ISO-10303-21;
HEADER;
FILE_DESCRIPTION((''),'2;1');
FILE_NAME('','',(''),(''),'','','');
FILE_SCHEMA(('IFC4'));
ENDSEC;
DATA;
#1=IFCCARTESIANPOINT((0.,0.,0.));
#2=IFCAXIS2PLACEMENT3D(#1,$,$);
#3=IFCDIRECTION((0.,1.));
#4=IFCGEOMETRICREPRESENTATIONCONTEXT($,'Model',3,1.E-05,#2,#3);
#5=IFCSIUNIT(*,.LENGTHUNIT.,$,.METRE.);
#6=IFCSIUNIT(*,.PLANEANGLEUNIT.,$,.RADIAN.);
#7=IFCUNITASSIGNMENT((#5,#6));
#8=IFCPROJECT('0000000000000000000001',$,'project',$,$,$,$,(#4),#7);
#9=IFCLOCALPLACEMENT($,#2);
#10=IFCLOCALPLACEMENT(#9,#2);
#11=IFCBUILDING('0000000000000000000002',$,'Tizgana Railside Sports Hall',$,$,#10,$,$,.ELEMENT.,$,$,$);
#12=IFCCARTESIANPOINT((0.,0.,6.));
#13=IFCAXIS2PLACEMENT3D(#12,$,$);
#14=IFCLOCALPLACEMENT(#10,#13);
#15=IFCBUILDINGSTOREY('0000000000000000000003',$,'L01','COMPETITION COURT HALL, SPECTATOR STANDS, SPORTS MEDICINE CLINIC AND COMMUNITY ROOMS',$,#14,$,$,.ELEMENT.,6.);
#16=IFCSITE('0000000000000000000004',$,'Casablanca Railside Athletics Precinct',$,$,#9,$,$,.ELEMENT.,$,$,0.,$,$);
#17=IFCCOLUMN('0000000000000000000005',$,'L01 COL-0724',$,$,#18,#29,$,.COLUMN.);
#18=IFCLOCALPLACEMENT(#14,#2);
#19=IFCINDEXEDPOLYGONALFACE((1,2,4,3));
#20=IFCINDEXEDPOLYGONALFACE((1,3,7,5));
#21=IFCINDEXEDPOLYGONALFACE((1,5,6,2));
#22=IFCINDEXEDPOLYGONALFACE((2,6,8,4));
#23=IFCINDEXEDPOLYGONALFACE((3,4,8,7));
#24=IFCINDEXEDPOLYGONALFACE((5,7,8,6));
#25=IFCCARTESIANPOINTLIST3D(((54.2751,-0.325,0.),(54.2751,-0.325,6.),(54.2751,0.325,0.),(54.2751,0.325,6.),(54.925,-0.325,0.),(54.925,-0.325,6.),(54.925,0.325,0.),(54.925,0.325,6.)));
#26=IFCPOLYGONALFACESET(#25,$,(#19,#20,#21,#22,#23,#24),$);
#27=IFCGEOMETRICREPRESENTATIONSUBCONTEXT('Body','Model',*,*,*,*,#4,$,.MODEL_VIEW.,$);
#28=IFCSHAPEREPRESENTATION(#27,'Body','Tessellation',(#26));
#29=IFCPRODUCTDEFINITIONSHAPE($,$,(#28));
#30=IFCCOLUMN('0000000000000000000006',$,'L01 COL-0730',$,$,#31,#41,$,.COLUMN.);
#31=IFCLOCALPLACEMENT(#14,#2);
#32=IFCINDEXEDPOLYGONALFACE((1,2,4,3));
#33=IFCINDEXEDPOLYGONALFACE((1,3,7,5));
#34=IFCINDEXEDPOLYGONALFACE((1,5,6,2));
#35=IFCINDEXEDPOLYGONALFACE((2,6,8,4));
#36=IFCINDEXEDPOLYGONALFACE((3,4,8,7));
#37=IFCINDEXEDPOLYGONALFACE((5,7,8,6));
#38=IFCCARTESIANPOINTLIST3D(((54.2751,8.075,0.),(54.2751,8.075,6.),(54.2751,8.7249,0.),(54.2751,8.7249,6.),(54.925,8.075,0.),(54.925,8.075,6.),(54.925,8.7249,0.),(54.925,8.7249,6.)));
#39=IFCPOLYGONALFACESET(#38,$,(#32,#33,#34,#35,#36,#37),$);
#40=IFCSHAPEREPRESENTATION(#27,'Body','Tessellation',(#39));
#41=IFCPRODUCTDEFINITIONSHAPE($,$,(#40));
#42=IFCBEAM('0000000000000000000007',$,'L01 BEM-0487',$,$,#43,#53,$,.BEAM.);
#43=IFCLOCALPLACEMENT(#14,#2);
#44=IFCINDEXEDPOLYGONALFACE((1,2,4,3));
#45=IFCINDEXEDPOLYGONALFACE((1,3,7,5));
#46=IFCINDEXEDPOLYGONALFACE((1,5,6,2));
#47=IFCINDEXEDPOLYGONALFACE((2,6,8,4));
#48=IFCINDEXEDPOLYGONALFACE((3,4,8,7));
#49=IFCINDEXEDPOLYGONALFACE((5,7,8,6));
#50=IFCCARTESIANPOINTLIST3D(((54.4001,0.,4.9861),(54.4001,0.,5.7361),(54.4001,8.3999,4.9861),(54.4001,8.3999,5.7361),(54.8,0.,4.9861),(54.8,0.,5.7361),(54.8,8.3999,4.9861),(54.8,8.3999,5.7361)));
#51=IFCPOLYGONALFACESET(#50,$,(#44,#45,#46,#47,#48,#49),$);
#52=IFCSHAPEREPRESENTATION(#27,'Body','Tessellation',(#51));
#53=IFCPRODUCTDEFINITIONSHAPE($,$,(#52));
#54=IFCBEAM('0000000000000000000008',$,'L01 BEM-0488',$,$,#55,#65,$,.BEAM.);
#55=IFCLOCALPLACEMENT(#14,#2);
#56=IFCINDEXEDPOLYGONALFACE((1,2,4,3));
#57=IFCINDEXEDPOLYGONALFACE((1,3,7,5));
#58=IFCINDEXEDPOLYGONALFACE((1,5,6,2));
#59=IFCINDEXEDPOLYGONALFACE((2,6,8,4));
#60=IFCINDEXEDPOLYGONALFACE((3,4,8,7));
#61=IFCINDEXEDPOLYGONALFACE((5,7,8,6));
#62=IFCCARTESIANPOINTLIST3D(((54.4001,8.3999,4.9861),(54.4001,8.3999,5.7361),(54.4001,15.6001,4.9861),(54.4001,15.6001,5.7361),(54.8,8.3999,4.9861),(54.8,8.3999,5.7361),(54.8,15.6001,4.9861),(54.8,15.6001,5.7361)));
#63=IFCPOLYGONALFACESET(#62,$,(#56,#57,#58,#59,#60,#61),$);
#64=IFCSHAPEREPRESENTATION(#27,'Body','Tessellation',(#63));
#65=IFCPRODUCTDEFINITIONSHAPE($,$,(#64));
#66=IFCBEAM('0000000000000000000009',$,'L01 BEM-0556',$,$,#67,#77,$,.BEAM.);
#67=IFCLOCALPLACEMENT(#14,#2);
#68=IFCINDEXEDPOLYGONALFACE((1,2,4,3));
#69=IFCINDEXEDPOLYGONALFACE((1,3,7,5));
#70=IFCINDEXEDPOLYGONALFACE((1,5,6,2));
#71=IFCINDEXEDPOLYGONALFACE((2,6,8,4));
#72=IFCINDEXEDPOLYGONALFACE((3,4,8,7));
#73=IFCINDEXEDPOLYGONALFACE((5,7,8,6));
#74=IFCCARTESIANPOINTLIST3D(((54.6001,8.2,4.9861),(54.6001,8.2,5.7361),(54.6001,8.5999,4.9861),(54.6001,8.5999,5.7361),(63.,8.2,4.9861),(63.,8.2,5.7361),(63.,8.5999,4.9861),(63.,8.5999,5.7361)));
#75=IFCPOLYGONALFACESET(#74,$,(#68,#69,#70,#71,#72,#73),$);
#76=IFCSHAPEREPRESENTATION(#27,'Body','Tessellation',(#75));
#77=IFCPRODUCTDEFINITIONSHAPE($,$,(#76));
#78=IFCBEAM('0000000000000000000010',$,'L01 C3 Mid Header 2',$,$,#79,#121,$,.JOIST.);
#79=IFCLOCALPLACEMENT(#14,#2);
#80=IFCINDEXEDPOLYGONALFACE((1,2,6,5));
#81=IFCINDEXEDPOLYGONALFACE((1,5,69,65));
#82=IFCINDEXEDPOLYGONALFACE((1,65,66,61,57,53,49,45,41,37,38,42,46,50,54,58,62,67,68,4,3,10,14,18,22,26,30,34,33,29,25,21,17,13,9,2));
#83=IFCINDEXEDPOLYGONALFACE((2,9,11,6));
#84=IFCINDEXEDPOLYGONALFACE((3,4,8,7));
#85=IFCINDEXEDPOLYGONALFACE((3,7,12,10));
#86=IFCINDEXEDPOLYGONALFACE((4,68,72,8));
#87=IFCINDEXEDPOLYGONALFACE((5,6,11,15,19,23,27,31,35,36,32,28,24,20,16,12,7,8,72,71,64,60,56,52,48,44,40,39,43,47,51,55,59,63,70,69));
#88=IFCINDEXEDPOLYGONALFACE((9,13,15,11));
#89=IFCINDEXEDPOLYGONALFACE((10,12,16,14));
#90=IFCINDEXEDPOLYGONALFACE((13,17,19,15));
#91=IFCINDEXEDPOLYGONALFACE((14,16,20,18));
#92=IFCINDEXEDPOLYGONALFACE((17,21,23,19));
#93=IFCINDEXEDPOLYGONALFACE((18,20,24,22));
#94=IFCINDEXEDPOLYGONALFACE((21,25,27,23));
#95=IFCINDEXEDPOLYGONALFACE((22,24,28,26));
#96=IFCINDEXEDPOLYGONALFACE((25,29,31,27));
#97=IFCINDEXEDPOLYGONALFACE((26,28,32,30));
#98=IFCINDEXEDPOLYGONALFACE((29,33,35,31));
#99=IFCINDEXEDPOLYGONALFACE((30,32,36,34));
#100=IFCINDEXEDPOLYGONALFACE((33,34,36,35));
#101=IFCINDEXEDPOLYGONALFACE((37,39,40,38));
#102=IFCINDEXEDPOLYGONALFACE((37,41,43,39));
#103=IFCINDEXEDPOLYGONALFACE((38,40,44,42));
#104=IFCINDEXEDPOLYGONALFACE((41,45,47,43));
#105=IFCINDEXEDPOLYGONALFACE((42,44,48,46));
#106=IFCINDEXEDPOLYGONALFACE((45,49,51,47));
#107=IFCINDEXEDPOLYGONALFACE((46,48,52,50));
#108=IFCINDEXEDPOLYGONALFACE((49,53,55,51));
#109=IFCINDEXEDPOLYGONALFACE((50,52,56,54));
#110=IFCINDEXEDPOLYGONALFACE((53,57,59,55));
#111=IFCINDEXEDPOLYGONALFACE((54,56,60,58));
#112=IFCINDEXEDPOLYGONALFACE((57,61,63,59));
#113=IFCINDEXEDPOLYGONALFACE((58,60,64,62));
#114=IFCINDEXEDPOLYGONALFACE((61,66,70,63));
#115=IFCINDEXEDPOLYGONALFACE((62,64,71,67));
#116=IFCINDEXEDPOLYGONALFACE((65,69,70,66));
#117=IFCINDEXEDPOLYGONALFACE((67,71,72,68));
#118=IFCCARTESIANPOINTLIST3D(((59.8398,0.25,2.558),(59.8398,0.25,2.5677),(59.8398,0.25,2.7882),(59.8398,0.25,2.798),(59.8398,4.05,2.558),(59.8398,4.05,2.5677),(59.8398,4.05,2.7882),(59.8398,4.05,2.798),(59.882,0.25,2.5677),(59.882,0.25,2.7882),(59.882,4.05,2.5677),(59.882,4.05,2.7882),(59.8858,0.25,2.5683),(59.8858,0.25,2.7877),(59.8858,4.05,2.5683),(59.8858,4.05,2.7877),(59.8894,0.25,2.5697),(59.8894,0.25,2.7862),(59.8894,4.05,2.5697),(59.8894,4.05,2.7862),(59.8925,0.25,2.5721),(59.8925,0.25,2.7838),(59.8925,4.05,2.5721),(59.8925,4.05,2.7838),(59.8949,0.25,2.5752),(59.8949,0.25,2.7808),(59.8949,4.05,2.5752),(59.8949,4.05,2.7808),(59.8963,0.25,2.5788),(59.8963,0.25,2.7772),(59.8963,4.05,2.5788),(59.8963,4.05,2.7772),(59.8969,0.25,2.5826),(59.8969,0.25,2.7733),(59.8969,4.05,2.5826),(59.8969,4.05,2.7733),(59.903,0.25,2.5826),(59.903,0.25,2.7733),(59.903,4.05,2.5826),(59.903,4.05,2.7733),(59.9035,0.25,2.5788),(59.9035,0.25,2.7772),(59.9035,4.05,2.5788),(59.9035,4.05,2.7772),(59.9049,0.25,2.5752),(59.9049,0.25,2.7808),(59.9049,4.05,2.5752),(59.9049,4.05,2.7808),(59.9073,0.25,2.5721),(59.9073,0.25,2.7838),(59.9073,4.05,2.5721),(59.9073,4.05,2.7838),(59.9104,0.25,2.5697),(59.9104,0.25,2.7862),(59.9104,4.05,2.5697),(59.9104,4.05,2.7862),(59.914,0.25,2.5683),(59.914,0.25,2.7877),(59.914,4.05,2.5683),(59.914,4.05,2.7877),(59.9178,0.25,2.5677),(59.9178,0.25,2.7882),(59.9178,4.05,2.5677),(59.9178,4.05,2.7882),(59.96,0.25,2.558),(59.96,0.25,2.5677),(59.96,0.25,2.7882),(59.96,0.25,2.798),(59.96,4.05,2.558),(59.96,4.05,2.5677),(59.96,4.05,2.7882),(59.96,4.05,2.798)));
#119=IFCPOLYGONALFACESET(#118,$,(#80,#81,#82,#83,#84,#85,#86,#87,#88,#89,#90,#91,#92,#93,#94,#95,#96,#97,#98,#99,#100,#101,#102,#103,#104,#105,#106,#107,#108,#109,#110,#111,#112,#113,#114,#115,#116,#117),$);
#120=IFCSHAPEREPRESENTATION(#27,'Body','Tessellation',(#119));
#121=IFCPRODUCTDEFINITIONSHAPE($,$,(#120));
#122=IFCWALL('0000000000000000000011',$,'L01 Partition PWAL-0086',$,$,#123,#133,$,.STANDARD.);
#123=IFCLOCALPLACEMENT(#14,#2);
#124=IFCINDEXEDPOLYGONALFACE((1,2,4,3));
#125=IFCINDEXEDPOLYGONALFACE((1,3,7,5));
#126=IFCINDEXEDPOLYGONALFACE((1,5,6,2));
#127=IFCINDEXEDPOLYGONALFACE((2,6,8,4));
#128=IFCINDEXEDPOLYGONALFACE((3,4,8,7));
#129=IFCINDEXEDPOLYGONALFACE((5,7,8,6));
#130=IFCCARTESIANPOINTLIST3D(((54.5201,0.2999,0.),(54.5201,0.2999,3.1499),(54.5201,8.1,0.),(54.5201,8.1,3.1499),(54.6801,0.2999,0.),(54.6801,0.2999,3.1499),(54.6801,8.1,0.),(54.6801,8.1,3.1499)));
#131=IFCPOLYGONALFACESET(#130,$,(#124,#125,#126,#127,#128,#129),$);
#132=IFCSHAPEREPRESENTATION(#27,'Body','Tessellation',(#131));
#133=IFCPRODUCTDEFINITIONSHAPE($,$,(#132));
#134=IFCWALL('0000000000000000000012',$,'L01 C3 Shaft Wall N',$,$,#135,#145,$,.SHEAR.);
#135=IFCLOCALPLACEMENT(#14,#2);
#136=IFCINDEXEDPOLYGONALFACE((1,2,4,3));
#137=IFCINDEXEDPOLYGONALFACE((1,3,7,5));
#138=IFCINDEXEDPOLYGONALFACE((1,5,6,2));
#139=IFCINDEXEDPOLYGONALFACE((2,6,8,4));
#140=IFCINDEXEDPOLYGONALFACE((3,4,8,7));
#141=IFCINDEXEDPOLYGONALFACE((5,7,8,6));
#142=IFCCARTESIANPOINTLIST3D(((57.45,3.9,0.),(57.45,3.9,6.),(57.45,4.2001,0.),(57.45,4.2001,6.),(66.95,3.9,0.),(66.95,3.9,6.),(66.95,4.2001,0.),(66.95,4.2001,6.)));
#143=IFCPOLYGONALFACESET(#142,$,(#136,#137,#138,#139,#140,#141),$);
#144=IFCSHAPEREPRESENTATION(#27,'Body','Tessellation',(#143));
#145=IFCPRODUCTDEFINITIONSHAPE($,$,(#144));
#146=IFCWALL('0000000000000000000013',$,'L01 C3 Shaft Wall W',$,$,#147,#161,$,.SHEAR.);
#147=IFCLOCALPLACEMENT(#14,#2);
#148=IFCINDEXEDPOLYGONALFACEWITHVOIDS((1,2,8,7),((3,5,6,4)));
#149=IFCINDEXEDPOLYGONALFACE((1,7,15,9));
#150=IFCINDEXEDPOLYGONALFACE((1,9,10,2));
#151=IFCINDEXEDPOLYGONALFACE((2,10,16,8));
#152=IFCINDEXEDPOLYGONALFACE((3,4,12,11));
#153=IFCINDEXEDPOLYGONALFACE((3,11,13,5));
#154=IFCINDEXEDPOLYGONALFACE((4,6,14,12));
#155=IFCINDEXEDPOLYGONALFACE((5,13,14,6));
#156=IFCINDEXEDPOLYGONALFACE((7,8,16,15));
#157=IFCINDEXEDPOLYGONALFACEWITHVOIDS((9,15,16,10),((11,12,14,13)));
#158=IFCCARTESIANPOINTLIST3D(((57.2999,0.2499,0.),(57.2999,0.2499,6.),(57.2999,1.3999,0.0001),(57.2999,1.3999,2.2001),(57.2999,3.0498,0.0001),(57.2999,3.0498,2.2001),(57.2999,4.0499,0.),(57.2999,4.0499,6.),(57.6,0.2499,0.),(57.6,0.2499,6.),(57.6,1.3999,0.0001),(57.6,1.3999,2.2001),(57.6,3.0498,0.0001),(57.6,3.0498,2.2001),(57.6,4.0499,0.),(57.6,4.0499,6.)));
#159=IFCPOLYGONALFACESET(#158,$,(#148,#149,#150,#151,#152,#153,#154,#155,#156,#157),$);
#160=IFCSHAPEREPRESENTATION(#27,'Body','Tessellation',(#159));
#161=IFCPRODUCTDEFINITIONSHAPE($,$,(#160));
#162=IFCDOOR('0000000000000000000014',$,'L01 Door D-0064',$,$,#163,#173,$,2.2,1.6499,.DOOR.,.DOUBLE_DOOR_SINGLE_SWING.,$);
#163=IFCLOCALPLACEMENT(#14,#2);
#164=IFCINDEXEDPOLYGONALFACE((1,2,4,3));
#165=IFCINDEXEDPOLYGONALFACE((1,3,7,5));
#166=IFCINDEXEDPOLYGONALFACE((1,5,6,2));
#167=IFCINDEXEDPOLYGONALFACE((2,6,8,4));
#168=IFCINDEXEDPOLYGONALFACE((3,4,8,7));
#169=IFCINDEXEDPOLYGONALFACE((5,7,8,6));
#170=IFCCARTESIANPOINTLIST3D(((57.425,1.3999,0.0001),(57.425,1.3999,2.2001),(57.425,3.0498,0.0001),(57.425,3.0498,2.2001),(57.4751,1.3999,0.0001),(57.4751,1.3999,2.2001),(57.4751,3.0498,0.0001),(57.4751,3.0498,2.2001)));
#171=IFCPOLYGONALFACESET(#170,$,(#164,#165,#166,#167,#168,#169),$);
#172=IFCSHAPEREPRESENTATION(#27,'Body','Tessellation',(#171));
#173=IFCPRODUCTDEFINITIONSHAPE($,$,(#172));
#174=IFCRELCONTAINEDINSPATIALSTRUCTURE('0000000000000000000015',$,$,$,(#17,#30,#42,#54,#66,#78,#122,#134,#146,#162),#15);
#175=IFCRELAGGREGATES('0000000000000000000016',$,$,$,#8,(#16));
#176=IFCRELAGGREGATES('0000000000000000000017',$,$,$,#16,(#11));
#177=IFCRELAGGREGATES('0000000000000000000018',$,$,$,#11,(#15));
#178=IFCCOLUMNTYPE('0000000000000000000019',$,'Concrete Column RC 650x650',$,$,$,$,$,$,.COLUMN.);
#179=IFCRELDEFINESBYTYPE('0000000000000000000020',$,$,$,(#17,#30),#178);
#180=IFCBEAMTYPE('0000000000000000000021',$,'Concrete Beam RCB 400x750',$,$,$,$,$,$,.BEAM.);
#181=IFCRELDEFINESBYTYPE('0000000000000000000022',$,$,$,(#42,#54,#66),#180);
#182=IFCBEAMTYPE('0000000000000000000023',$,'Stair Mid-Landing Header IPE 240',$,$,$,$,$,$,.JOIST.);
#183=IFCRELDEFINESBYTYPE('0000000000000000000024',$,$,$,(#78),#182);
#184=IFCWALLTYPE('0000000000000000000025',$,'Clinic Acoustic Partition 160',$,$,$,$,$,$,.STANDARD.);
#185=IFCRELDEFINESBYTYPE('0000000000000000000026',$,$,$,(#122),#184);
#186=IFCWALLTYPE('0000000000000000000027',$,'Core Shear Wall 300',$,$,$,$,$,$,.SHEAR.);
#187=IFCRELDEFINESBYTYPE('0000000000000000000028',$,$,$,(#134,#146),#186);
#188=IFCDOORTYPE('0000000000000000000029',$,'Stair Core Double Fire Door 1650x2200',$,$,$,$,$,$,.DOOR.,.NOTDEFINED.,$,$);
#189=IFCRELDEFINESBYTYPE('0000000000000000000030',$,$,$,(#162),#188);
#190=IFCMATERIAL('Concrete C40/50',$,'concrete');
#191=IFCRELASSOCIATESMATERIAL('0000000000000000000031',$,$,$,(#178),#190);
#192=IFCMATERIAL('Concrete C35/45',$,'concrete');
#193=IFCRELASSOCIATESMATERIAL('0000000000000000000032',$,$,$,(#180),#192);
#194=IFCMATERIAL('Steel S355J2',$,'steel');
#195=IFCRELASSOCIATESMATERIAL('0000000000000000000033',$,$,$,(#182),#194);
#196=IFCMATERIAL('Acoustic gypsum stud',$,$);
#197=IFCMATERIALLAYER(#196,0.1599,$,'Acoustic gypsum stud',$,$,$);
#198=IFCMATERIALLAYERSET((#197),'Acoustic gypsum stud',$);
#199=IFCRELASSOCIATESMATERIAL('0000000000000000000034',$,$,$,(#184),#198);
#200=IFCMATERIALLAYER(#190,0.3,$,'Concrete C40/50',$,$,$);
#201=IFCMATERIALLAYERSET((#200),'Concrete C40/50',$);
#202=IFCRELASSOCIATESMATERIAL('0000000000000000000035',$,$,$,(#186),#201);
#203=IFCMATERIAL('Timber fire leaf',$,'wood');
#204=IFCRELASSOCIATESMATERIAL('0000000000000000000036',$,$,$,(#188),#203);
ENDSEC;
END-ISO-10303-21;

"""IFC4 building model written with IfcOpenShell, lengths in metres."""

from ifc_helpers import new_model, si_unit, direction, frame, frame_2d, origin, origin_2d, place, context, subcontext, project, spatial, rectangle, i_section, extrude, material, layer, layer_set, material_profile, profile_set, type_object, element, fill, save


model = new_model("IFC4")

# Units and contexts
model_context = context("Model", 3, precision=1e-05, world=origin(), true_north=direction((0.0, 1.0)))
body_context = subcontext(model_context, "Body", "Model", "MODEL_VIEW")
ifc_project = project(units=[si_unit("LENGTHUNIT", "METRE"), si_unit("PLANEANGLEUNIT", "RADIAN")], contexts=[model_context])

# Site, building, storey
site_placement = place(None, origin())
site = spatial("IfcSite", under=ifc_project, at=site_placement, Name="Casablanca Railside Athletics Precinct", CompositionType="ELEMENT", RefElevation=0.0)
building_placement = place(site_placement, origin())
building = spatial("IfcBuilding", under=site, at=building_placement, Name="Tizgana Railside Sports Hall", CompositionType="ELEMENT")
storey_placement = place(building_placement, frame((0.0, 0.0, 6.0)))
storey = spatial("IfcBuildingStorey", under=building, at=storey_placement, Name="L01", Description="COMPETITION COURT HALL, SPECTATOR STANDS, SPORTS MEDICINE CLINIC AND COMMUNITY ROOMS", CompositionType="ELEMENT", Elevation=6.0)

# Columns
ifc_material_1 = material(Name="Concrete C40/50", Category="concrete")
ifc_material_profile_1 = material_profile(ifc_material_1, rectangle(XDim=0.6499, YDim=0.6499, at=origin_2d()), Name="RC 650x650")
ifc_profile_set_1 = profile_set([ifc_material_profile_1], Name="Concrete C40/50")
column_type = type_object("IfcColumnType", Name="Concrete Column RC 650x650", PredefinedType="COLUMN", material=ifc_profile_set_1)
for number, where, z_axis, x_axis, name in (
    (1, (54.6001, 0.0, 0.0), (0.0, 0.0, 1.0), (1.0, 0.0, 0.0), "L01 COL-0724"),
    (2, (54.6001, 8.3999, 0.0), (0.0, 0.0, 1.0), (1.0, 0.0, 0.0), "L01 COL-0730"),
):
    element("IfcColumn", number, at=place(storey_placement, frame(where, z_axis=z_axis, x_axis=x_axis)), inside=storey, type_object=column_type, Name=name, PredefinedType="COLUMN", context=body_context, shape_type="SweptSolid", body=[
        extrude(rectangle(XDim=0.6499, YDim=0.6499, at=origin_2d()), origin(), (0.0, 0.0, 1.0), 6.0),
    ])

# Beams
ifc_material_2 = material(Name="Concrete C35/45", Category="concrete")
ifc_material_profile_2 = material_profile(ifc_material_2, rectangle(XDim=0.3999, YDim=0.75, at=origin_2d()), Name="RCB 400x750")
ifc_profile_set_2 = profile_set([ifc_material_profile_2], Name="Concrete C35/45")
beam_type_1 = type_object("IfcBeamType", Name="Concrete Beam RCB 400x750", PredefinedType="BEAM", material=ifc_profile_set_2)
beam_1_placement = place(storey_placement, frame((54.6001, 0.0, 5.3611), z_axis=(0.0, 1.0, 0.0), x_axis=(-1.0, 0.0, 0.0)))
element("IfcBeam", 3, at=beam_1_placement, inside=storey, type_object=beam_type_1, Name="L01 BEM-0487", PredefinedType="BEAM", context=body_context, shape_type="SweptSolid", body=[
    extrude(rectangle(XDim=0.3999, YDim=0.75, at=origin_2d()), origin(), (0.0, 0.0, 1.0), 8.3999),
])
beam_2_placement = place(storey_placement, frame((54.6001, 8.3999, 5.3611), z_axis=(0.0, 1.0, 0.0), x_axis=(-1.0, 0.0, 0.0)))
element("IfcBeam", 4, at=beam_2_placement, inside=storey, type_object=beam_type_1, Name="L01 BEM-0488", PredefinedType="BEAM", context=body_context, shape_type="SweptSolid", body=[
    extrude(rectangle(XDim=0.3999, YDim=0.75, at=origin_2d()), origin(), (0.0, 0.0, 1.0), 7.2002),
])
beam_3_placement = place(storey_placement, frame((54.6001, 8.3999, 5.3611), z_axis=(1.0, 0.0, 0.0), x_axis=(0.0, 1.0, 0.0)))
element("IfcBeam", 5, at=beam_3_placement, inside=storey, type_object=beam_type_1, Name="L01 BEM-0556", PredefinedType="BEAM", context=body_context, shape_type="SweptSolid", body=[
    extrude(rectangle(XDim=0.3999, YDim=0.75, at=origin_2d()), origin(), (0.0, 0.0, 1.0), 8.3999),
])
ifc_material_3 = material(Name="Steel S355J2", Category="steel")
ifc_material_profile_3 = material_profile(ifc_material_3, i_section(OverallWidth=0.1201, OverallDepth=0.24, WebThickness=0.0061, FlangeThickness=0.0098, FilletRadius=0.0149, at=origin_2d()), Name="IPE 240")
ifc_profile_set_3 = profile_set([ifc_material_profile_3], Name="Steel S355J2")
beam_type_2 = type_object("IfcBeamType", Name="Stair Mid-Landing Header IPE 240", PredefinedType="JOIST", material=ifc_profile_set_3)
beam_4_placement = place(storey_placement, frame((59.8999, 0.25, 2.678), z_axis=(0.0, 1.0, 0.0), x_axis=(-1.0, 0.0, 0.0)))
element("IfcBeam", 6, at=beam_4_placement, inside=storey, type_object=beam_type_2, Name="L01 C3 Mid Header 2", PredefinedType="JOIST", context=body_context, shape_type="SweptSolid", body=[
    extrude(i_section(OverallWidth=0.1201, OverallDepth=0.24, WebThickness=0.0061, FlangeThickness=0.0098, FilletRadius=0.0149, at=origin_2d()), origin(), (0.0, 0.0, 1.0), 3.8),
])

# Walls
ifc_material_4 = material(Name="Acoustic gypsum stud")
ifc_layer_1 = layer(ifc_material_4, 0.1599, Name="Acoustic gypsum stud")
ifc_layer_set_1 = layer_set([ifc_layer_1], Name="Acoustic gypsum stud")
wall_type_1 = type_object("IfcWallType", Name="Clinic Acoustic Partition 160", PredefinedType="STANDARD", material=ifc_layer_set_1)
wall_1_placement = place(storey_placement, frame((54.6001, 0.3, 0.0), z_axis=(0.0, 0.0, 1.0), x_axis=(0.0, 1.0, 0.0)))
element("IfcWall", 7, at=wall_1_placement, inside=storey, type_object=wall_type_1, Name="L01 Partition PWAL-0086", PredefinedType="STANDARD", context=body_context, shape_type="SweptSolid", body=[
    extrude(rectangle(XDim=7.8, YDim=0.1599, at=frame_2d((3.8999, 0.0))), origin(), (0.0, 0.0, 1.0), 3.1499),
])
ifc_layer_2 = layer(ifc_material_1, 0.3, Name="Concrete C40/50")
ifc_layer_set_2 = layer_set([ifc_layer_2], Name="Concrete C40/50")
wall_type_2 = type_object("IfcWallType", Name="Core Shear Wall 300", PredefinedType="SHEAR", material=ifc_layer_set_2)
wall_2_placement = place(storey_placement, frame((57.45, 4.05, 0.0), z_axis=(0.0, 0.0, 1.0), x_axis=(1.0, 0.0, 0.0)))
element("IfcWall", 8, at=wall_2_placement, inside=storey, type_object=wall_type_2, Name="L01 C3 Shaft Wall N", PredefinedType="SHEAR", context=body_context, shape_type="SweptSolid", body=[
    extrude(rectangle(XDim=9.5, YDim=0.3, at=frame_2d((4.75, 0.0))), origin(), (0.0, 0.0, 1.0), 6.0),
])

# Wall, opening, door
wall_3_placement = place(storey_placement, frame((57.45, 0.25, 0.0), z_axis=(0.0, 0.0, 1.0), x_axis=(0.0, 1.0, 0.0)))
wall_3 = element("IfcWall", 9, at=wall_3_placement, inside=storey, type_object=wall_type_2, Name="L01 C3 Shaft Wall W", PredefinedType="SHEAR", context=body_context, shape_type="SweptSolid", body=[
    extrude(rectangle(XDim=3.8, YDim=0.3, at=frame_2d((1.8999, 0.0))), origin(), (0.0, 0.0, 1.0), 6.0),
])
opening_1_placement = place(wall_3_placement, frame((1.1499, 0.0, 0.0)))
opening_1 = element("IfcOpeningElement", 10, at=opening_1_placement, cuts=wall_3, PredefinedType="OPENING", context=body_context, shape_type="SweptSolid", body=[
    extrude(rectangle(XDim=1.6499, YDim=2.2, at=frame_2d((0.825, 1.1001))), frame((0.0, 0.1599, 0.0), z_axis=(0.0, -1.0, 0.0), x_axis=(1.0, 0.0, 0.0)), (0.0, 0.0, 1.0), 0.3201),
])
ifc_material_5 = material(Name="Timber fire leaf", Category="wood")
door_type_1 = type_object("IfcDoorType", Name="Stair Core Double Fire Door 1650x2200", OperationType="NOTDEFINED", PredefinedType="DOOR", material=ifc_material_5)
door_1_placement = place(opening_1_placement, origin())
door_1 = element("IfcDoor", 11, at=door_1_placement, inside=storey, type_object=door_type_1, Name="L01 Door D-0064", OperationType="DOUBLE_DOOR_SINGLE_SWING", OverallHeight=2.2, OverallWidth=1.6499, PredefinedType="DOOR", context=body_context, shape_type="SweptSolid", body=[
    extrude(rectangle(XDim=1.6499, YDim=2.2, at=frame_2d((0.825, 1.1001))), frame((0.0, 0.0249, 0.0), z_axis=(0.0, -1.0, 0.0), x_axis=(1.0, 0.0, 0.0)), (0.0, 0.0, 1.0), 0.05),
])
fill(opening_1, door_1)

save(model, "model.ifc")
